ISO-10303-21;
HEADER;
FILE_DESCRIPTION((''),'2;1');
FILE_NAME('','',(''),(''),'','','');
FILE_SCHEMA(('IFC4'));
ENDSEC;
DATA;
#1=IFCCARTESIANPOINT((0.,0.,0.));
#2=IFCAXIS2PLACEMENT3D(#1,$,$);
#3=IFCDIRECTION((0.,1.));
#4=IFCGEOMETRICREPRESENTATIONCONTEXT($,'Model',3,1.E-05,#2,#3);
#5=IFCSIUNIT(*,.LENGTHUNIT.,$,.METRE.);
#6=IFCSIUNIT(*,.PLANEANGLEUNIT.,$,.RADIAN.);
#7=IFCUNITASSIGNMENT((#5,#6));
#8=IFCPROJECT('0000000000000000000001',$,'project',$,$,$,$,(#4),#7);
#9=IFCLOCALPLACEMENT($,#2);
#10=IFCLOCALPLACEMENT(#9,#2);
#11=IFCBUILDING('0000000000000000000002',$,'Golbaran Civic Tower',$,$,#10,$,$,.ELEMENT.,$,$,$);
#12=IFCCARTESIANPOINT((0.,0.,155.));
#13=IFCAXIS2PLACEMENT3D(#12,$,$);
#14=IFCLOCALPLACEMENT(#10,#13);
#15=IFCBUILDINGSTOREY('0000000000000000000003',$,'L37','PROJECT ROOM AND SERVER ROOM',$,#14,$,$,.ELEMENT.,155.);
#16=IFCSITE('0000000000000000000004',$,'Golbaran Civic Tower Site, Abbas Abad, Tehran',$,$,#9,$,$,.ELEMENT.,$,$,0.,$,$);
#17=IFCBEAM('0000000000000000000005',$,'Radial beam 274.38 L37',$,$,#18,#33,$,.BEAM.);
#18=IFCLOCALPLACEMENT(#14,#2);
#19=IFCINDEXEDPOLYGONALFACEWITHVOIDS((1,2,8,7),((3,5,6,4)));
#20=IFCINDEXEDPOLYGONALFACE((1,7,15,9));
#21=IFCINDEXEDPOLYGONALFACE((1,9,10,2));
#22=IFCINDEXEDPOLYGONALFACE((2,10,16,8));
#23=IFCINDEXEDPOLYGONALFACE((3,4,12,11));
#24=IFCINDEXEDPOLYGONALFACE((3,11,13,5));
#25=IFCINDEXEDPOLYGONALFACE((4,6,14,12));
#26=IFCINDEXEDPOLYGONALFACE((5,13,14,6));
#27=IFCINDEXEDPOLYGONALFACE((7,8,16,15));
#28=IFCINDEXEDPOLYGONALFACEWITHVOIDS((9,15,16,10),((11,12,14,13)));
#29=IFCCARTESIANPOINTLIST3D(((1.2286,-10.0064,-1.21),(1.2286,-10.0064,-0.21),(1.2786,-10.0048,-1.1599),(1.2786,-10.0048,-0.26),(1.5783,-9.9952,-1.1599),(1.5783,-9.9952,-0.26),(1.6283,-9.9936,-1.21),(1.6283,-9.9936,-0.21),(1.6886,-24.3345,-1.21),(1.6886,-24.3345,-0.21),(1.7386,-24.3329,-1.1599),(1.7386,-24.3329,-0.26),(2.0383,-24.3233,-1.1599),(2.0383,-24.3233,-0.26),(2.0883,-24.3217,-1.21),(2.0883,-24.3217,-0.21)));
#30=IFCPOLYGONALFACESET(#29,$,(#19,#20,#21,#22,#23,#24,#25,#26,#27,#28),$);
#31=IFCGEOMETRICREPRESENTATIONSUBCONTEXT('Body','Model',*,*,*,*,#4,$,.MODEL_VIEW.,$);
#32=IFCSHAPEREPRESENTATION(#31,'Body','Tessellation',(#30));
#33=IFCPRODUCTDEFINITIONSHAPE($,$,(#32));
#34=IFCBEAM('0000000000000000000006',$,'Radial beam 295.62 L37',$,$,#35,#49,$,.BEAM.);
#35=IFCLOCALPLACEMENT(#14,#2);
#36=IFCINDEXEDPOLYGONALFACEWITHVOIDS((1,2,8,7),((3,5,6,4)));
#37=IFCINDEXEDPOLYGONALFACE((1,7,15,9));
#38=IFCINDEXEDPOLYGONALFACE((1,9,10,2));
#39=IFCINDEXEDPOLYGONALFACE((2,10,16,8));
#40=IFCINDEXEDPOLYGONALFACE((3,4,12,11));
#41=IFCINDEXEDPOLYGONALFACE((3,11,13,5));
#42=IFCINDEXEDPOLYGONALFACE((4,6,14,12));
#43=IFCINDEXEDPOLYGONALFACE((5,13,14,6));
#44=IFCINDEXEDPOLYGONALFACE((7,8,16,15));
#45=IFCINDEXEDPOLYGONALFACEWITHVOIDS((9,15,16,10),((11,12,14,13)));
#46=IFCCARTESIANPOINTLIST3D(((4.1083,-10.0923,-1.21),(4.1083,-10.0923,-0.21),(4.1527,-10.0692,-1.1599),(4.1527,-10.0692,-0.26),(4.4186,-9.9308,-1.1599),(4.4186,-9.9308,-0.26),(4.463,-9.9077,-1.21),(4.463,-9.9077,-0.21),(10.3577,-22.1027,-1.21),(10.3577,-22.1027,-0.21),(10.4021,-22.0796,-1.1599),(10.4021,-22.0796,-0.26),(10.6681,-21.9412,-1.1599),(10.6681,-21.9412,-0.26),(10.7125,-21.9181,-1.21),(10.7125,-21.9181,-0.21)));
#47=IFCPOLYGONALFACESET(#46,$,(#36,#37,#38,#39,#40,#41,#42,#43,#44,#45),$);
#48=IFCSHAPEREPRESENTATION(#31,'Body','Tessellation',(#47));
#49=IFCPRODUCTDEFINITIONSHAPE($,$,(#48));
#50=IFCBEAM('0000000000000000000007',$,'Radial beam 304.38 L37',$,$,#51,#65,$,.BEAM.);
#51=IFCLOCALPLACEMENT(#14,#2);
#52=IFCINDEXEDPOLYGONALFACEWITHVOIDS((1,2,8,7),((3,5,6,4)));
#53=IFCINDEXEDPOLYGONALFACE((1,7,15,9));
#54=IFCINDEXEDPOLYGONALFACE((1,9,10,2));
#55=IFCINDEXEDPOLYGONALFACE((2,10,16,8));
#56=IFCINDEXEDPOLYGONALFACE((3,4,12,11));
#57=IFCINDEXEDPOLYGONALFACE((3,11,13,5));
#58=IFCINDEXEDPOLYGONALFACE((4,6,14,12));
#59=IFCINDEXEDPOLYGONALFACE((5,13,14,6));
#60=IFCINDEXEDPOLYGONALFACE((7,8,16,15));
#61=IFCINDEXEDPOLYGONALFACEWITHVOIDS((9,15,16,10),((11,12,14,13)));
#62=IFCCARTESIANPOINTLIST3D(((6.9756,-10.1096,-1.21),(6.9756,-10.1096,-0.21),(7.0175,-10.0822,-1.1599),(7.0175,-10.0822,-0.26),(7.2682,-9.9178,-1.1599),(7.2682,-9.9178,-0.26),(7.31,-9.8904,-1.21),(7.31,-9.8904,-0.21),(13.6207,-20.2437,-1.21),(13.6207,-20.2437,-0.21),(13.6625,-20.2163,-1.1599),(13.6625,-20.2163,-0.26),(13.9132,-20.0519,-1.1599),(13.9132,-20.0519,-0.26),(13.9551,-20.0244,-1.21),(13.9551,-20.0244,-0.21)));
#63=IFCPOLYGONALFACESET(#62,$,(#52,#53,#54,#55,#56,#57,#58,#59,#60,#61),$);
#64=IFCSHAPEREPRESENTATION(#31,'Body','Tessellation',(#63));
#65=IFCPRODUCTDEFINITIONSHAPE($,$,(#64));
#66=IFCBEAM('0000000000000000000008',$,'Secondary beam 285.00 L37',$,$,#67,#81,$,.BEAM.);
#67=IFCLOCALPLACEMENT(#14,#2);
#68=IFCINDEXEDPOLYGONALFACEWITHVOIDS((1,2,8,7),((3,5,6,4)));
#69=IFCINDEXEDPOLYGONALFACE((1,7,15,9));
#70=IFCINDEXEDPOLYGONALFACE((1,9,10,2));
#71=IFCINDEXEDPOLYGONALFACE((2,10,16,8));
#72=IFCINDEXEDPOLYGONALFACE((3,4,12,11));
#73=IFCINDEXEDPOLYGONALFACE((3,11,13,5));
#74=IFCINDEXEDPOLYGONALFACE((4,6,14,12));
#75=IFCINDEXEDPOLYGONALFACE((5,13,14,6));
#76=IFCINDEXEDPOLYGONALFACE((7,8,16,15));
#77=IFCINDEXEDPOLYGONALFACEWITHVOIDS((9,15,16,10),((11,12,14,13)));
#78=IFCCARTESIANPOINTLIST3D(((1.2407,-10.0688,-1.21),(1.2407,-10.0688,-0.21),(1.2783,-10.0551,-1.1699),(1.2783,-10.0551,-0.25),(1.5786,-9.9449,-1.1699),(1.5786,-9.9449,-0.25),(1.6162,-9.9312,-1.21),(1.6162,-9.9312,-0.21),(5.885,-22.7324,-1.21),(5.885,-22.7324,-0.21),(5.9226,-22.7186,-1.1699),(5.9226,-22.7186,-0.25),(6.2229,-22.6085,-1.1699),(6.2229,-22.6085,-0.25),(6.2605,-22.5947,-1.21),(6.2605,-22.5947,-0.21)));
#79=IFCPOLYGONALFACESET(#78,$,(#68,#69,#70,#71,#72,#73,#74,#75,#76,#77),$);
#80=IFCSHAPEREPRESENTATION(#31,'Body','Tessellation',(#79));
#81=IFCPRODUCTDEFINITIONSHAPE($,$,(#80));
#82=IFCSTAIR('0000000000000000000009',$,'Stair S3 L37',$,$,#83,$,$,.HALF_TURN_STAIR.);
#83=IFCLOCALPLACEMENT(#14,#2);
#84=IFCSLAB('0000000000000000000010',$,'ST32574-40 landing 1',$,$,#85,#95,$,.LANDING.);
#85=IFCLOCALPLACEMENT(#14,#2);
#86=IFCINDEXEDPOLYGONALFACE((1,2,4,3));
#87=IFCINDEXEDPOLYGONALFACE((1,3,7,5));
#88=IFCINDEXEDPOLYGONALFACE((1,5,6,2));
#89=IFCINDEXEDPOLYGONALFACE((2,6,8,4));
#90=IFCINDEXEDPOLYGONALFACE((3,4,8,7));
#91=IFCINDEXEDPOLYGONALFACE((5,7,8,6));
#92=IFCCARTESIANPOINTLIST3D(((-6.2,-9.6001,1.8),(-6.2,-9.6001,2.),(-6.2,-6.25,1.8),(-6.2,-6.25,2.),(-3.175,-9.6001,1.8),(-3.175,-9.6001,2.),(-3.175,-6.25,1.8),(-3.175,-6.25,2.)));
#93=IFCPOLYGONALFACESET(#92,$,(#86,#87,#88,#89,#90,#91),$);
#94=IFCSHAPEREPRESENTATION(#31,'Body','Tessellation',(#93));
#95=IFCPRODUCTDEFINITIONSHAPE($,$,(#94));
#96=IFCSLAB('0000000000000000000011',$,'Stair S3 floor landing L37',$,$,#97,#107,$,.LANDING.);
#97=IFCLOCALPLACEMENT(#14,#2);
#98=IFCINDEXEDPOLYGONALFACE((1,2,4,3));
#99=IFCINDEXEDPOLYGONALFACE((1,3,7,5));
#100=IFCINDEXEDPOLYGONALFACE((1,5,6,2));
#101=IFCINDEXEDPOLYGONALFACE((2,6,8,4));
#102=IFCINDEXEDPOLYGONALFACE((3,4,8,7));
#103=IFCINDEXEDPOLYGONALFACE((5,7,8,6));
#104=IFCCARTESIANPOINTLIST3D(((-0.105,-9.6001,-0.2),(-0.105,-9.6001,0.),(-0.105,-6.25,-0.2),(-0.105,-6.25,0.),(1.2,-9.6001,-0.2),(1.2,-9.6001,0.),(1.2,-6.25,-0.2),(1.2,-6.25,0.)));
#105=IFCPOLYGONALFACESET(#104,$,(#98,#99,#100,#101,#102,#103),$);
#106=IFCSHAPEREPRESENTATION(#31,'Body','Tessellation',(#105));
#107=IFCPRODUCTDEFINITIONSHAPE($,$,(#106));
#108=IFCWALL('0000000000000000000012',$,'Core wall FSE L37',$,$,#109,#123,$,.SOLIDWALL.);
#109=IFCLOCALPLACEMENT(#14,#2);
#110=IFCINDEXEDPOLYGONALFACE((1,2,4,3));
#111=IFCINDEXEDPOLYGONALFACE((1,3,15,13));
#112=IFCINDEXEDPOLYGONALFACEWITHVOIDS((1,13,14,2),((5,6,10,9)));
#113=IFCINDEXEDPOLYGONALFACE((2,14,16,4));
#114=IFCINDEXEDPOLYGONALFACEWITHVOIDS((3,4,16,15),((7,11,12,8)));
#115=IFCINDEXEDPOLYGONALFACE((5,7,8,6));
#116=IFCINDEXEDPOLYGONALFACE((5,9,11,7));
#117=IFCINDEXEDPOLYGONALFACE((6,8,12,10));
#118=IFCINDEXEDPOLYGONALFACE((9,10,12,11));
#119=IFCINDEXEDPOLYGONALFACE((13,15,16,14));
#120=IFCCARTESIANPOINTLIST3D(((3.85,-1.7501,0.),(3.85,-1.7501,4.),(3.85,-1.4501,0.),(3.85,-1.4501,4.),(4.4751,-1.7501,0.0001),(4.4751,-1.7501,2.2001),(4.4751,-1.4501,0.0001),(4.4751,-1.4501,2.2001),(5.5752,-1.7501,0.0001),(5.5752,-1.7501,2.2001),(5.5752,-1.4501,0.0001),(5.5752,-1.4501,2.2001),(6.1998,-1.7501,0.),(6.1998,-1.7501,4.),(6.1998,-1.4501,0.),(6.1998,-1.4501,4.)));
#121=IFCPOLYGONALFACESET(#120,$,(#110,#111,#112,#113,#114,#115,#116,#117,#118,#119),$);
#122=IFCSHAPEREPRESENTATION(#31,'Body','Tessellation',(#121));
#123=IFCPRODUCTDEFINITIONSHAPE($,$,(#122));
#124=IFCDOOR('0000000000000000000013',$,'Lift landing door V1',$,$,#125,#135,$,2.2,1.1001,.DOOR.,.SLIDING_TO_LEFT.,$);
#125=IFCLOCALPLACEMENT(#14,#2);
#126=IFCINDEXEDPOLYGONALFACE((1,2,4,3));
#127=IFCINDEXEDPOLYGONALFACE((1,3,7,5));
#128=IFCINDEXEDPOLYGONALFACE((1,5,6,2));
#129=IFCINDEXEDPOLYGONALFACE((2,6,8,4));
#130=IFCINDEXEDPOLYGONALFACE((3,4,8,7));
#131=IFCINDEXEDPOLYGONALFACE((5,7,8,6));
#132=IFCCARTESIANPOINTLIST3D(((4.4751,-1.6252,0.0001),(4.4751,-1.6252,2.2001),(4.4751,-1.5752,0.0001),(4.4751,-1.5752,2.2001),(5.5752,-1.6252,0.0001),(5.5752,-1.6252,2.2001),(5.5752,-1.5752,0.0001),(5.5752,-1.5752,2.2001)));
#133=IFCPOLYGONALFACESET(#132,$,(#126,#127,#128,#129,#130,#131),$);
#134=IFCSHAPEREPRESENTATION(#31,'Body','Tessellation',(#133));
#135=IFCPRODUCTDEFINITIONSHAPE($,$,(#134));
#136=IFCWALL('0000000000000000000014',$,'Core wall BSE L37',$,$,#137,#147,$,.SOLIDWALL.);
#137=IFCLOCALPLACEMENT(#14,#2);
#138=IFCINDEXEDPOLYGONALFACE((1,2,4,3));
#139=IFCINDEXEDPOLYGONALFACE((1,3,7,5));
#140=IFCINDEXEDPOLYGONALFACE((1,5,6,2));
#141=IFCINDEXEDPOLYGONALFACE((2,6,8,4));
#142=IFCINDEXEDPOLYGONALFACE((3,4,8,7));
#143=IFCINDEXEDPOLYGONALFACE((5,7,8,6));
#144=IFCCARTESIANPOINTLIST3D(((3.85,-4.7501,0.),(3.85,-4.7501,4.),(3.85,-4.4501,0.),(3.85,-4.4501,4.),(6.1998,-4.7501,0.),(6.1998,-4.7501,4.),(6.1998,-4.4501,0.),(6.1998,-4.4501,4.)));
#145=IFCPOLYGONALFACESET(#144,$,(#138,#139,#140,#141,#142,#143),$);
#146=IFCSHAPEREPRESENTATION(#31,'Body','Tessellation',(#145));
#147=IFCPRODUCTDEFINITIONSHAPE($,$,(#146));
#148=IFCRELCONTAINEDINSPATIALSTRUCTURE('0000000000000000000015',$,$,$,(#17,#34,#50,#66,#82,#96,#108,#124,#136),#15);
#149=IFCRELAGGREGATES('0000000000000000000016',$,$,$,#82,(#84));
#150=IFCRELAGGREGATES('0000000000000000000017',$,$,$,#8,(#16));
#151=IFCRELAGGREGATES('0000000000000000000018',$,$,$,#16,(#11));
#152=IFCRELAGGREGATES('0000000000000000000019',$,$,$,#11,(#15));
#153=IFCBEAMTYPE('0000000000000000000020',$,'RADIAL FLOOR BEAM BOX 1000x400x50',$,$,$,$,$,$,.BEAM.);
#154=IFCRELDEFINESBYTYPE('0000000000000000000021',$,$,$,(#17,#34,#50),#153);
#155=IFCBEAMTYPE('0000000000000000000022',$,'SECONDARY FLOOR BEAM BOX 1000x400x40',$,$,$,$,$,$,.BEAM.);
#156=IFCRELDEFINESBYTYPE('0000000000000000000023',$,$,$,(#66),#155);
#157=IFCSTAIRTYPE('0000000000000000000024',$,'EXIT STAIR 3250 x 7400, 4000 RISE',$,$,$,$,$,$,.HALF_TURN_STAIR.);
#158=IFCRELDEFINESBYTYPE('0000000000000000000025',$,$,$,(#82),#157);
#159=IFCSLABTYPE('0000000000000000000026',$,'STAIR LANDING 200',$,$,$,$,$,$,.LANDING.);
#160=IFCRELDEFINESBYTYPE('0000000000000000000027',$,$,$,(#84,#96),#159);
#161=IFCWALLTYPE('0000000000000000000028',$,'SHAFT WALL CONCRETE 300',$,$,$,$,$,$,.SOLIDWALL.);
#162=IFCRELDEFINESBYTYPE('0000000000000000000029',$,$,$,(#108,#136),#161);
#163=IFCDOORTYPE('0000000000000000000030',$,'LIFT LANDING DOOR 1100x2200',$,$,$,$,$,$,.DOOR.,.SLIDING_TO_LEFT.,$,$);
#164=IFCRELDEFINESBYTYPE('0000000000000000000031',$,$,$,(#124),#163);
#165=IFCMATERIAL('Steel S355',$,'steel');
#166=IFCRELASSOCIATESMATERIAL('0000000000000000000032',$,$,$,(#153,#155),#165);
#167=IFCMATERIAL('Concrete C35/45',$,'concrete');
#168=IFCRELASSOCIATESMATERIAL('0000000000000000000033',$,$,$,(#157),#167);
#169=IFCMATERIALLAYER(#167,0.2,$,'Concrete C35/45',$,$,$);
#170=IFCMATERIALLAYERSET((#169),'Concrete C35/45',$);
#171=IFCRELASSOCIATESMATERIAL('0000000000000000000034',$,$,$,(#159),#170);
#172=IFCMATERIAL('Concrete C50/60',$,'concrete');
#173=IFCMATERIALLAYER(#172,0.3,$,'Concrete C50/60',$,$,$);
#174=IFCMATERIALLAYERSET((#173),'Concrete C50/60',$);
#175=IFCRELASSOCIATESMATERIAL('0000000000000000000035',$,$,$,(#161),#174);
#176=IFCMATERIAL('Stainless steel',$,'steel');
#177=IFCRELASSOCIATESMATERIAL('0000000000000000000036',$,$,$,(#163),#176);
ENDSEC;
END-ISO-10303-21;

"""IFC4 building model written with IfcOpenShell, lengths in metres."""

from ifc_helpers import new_model, si_unit, direction, frame, frame_2d, origin, origin_2d, place, context, subcontext, project, spatial, polyline, rectangle, hollow_rectangle, outline, extrude, material, layer, layer_set, material_profile, profile_set, type_object, element, fill, aggregate, save


model = new_model("IFC4")

# Units and contexts
model_context = context("Model", 3, precision=1e-05, world=origin(), true_north=direction((0.0, 1.0)))
body_context = subcontext(model_context, "Body", "Model", "MODEL_VIEW")
ifc_project = project(units=[si_unit("LENGTHUNIT", "METRE"), si_unit("PLANEANGLEUNIT", "RADIAN")], contexts=[model_context])

# Site, building, storey
site_placement = place(None, origin())
site = spatial("IfcSite", under=ifc_project, at=site_placement, Name="Golbaran Civic Tower Site, Abbas Abad, Tehran", CompositionType="ELEMENT", RefElevation=0.0)
building_placement = place(site_placement, origin())
building = spatial("IfcBuilding", under=site, at=building_placement, Name="Golbaran Civic Tower", CompositionType="ELEMENT")
storey_placement = place(building_placement, frame((0.0, 0.0, 155.0)))
storey = spatial("IfcBuildingStorey", under=building, at=storey_placement, Name="L37", Description="PROJECT ROOM AND SERVER ROOM", CompositionType="ELEMENT", Elevation=155.0)

# Beams
ifc_material_1 = material(Name="Steel S355", Category="steel")
ifc_material_profile_1 = material_profile(ifc_material_1, hollow_rectangle(XDim=0.3999, YDim=1.0, WallThickness=0.05, at=origin_2d()), Name="BOX 1000x400x50")
ifc_profile_set_1 = profile_set([ifc_material_profile_1], Name="Steel S355")
beam_type_1 = type_object("IfcBeamType", Name="RADIAL FLOOR BEAM BOX 1000x400x50", PredefinedType="BEAM", material=ifc_profile_set_1)
beam_1_placement = place(storey_placement, frame((1.4285, -10.0, -0.71), z_axis=(0.032085, -0.999485, 0.0), x_axis=(0.999485, 0.032085, 0.0)))
element("IfcBeam", 1, at=beam_1_placement, inside=storey, type_object=beam_type_1, Name="Radial beam 274.38 L37", PredefinedType="BEAM", context=body_context, shape_type="SweptSolid", body=[
    extrude(hollow_rectangle(XDim=0.3999, YDim=1.0, WallThickness=0.05, at=origin_2d()), origin(), (0.0, 0.0, 1.0), 14.3354),
])
beam_2_placement = place(storey_placement, frame((4.2856, -10.0, -0.71), z_axis=(0.461588, -0.887094, 0.0), x_axis=(0.887094, 0.461588, 0.0)))
element("IfcBeam", 2, at=beam_2_placement, inside=storey, type_object=beam_type_1, Name="Radial beam 295.62 L37", PredefinedType="BEAM", context=body_context, shape_type="SweptSolid", body=[
    extrude(hollow_rectangle(XDim=0.3999, YDim=1.0, WallThickness=0.05, at=origin_2d()), origin(), (0.0, 0.0, 1.0), 13.5391),
])
beam_3_placement = place(storey_placement, frame((7.1428, -10.0, -0.71), z_axis=(0.548343, -0.836254, 0.0), x_axis=(0.836254, 0.548343, 0.0)))
element("IfcBeam", 3, at=beam_3_placement, inside=storey, type_object=beam_type_1, Name="Radial beam 304.38 L37", PredefinedType="BEAM", context=body_context, shape_type="SweptSolid", body=[
    extrude(hollow_rectangle(XDim=0.3999, YDim=1.0, WallThickness=0.05, at=origin_2d()), origin(), (0.0, 0.0, 1.0), 12.1184),
])
ifc_material_profile_2 = material_profile(ifc_material_1, hollow_rectangle(XDim=0.3999, YDim=1.0, WallThickness=0.04, at=origin_2d()), Name="BOX 1000x400x40")
ifc_profile_set_2 = profile_set([ifc_material_profile_2], Name="Steel S355")
beam_type_2 = type_object("IfcBeamType", Name="SECONDARY FLOOR BEAM BOX 1000x400x40", PredefinedType="BEAM", material=ifc_profile_set_2)
beam_4_placement = place(storey_placement, frame((1.4285, -10.0, -0.71), z_axis=(0.344318, -0.938853, 0.0), x_axis=(0.938853, 0.344318, 0.0)))
element("IfcBeam", 4, at=beam_4_placement, inside=storey, type_object=beam_type_2, Name="Secondary beam 285.00 L37", PredefinedType="BEAM", context=body_context, shape_type="SweptSolid", body=[
    extrude(hollow_rectangle(XDim=0.3999, YDim=1.0, WallThickness=0.04, at=origin_2d()), origin(), (0.0, 0.0, 1.0), 13.4883),
])

# Stair, slab
ifc_material_2 = material(Name="Concrete C35/45", Category="concrete")
stair_type_1 = type_object("IfcStairType", Name="EXIT STAIR 3250 x 7400, 4000 RISE", PredefinedType="HALF_TURN_STAIR", material=ifc_material_2)
stair_1_placement = place(storey_placement, origin())
stair_1 = element("IfcStair", 5, at=stair_1_placement, inside=storey, type_object=stair_type_1, Name="Stair S3 L37", PredefinedType="HALF_TURN_STAIR")
ifc_layer_1 = layer(ifc_material_2, 0.2, Name="Concrete C35/45")
ifc_layer_set_1 = layer_set([ifc_layer_1], Name="Concrete C35/45")
slab_type = type_object("IfcSlabType", Name="STAIR LANDING 200", PredefinedType="LANDING", material=ifc_layer_set_1)
slab_1_placement = place(storey_placement, frame((0.0, 0.0, 1.8)))
slab_1 = element("IfcSlab", 6, at=slab_1_placement, type_object=slab_type, Name="ST32574-40 landing 1", PredefinedType="LANDING", context=body_context, shape_type="SweptSolid", body=[
    extrude(outline(polyline([(-3.175, -9.6001), (-6.2, -9.6001), (-6.2, -6.25), (-3.175, -6.25), (-3.175, -9.6001)])), origin(), (0.0, 0.0, 1.0), 0.2),
])
aggregate(stair_1, [slab_1])

# Slab
slab_2_placement = place(storey_placement, frame((0.0, 0.0, -0.2)))
element("IfcSlab", 7, at=slab_2_placement, inside=storey, type_object=slab_type, Name="Stair S3 floor landing L37", PredefinedType="LANDING", context=body_context, shape_type="SweptSolid", body=[
    extrude(outline(polyline([(1.2, -9.6001), (-0.105, -9.6001), (-0.105, -6.25), (1.2, -6.25), (1.2, -9.6001)])), origin(), (0.0, 0.0, 1.0), 0.2),
])

# Wall, opening, door
ifc_material_3 = material(Name="Concrete C50/60", Category="concrete")
ifc_layer_2 = layer(ifc_material_3, 0.3, Name="Concrete C50/60")
ifc_layer_set_2 = layer_set([ifc_layer_2], Name="Concrete C50/60")
wall_type = type_object("IfcWallType", Name="SHAFT WALL CONCRETE 300", PredefinedType="SOLIDWALL", material=ifc_layer_set_2)
wall_1_placement = place(storey_placement, frame((3.8501, -1.6001, 0.0), z_axis=(0.0, 0.0, 1.0), x_axis=(1.0, 0.0, 0.0)))
wall_1 = element("IfcWall", 8, at=wall_1_placement, inside=storey, type_object=wall_type, Name="Core wall FSE L37", PredefinedType="SOLIDWALL", context=body_context, shape_type="SweptSolid", body=[
    extrude(rectangle(XDim=2.3499, YDim=0.3, at=frame_2d((1.1748, 0.0))), origin(), (0.0, 0.0, 1.0), 4.0),
])
opening_1_placement = place(wall_1_placement, frame((0.625, 0.0, 0.0)))
opening_1 = element("IfcOpeningElement", 9, at=opening_1_placement, cuts=wall_1, PredefinedType="OPENING", context=body_context, shape_type="SweptSolid", body=[
    extrude(rectangle(XDim=1.1001, YDim=2.2, at=frame_2d((0.55, 1.1001))), frame((0.0, 0.1599, 0.0), z_axis=(0.0, -1.0, 0.0), x_axis=(1.0, 0.0, 0.0)), (0.0, 0.0, 1.0), 0.3201),
])
ifc_material_4 = material(Name="Stainless steel", Category="steel")
door_type_1 = type_object("IfcDoorType", Name="LIFT LANDING DOOR 1100x2200", OperationType="SLIDING_TO_LEFT", PredefinedType="DOOR", material=ifc_material_4)
door_1_placement = place(opening_1_placement, origin())
door_1 = element("IfcDoor", 10, at=door_1_placement, inside=storey, type_object=door_type_1, Name="Lift landing door V1", OperationType="SLIDING_TO_LEFT", OverallHeight=2.2, OverallWidth=1.1001, PredefinedType="DOOR", context=body_context, shape_type="SweptSolid", body=[
    extrude(rectangle(XDim=1.1001, YDim=2.2, at=frame_2d((0.55, 1.1001))), frame((0.0, 0.0249, 0.0), z_axis=(0.0, -1.0, 0.0), x_axis=(1.0, 0.0, 0.0)), (0.0, 0.0, 1.0), 0.05),
])
fill(opening_1, door_1)

# Wall
wall_2_placement = place(storey_placement, frame((3.8501, -4.6001, 0.0), z_axis=(0.0, 0.0, 1.0), x_axis=(1.0, 0.0, 0.0)))
element("IfcWall", 11, at=wall_2_placement, inside=storey, type_object=wall_type, Name="Core wall BSE L37", PredefinedType="SOLIDWALL", context=body_context, shape_type="SweptSolid", body=[
    extrude(rectangle(XDim=2.3499, YDim=0.3, at=frame_2d((1.1748, 0.0))), origin(), (0.0, 0.0, 1.0), 4.0),
])

save(model, "model.ifc")
